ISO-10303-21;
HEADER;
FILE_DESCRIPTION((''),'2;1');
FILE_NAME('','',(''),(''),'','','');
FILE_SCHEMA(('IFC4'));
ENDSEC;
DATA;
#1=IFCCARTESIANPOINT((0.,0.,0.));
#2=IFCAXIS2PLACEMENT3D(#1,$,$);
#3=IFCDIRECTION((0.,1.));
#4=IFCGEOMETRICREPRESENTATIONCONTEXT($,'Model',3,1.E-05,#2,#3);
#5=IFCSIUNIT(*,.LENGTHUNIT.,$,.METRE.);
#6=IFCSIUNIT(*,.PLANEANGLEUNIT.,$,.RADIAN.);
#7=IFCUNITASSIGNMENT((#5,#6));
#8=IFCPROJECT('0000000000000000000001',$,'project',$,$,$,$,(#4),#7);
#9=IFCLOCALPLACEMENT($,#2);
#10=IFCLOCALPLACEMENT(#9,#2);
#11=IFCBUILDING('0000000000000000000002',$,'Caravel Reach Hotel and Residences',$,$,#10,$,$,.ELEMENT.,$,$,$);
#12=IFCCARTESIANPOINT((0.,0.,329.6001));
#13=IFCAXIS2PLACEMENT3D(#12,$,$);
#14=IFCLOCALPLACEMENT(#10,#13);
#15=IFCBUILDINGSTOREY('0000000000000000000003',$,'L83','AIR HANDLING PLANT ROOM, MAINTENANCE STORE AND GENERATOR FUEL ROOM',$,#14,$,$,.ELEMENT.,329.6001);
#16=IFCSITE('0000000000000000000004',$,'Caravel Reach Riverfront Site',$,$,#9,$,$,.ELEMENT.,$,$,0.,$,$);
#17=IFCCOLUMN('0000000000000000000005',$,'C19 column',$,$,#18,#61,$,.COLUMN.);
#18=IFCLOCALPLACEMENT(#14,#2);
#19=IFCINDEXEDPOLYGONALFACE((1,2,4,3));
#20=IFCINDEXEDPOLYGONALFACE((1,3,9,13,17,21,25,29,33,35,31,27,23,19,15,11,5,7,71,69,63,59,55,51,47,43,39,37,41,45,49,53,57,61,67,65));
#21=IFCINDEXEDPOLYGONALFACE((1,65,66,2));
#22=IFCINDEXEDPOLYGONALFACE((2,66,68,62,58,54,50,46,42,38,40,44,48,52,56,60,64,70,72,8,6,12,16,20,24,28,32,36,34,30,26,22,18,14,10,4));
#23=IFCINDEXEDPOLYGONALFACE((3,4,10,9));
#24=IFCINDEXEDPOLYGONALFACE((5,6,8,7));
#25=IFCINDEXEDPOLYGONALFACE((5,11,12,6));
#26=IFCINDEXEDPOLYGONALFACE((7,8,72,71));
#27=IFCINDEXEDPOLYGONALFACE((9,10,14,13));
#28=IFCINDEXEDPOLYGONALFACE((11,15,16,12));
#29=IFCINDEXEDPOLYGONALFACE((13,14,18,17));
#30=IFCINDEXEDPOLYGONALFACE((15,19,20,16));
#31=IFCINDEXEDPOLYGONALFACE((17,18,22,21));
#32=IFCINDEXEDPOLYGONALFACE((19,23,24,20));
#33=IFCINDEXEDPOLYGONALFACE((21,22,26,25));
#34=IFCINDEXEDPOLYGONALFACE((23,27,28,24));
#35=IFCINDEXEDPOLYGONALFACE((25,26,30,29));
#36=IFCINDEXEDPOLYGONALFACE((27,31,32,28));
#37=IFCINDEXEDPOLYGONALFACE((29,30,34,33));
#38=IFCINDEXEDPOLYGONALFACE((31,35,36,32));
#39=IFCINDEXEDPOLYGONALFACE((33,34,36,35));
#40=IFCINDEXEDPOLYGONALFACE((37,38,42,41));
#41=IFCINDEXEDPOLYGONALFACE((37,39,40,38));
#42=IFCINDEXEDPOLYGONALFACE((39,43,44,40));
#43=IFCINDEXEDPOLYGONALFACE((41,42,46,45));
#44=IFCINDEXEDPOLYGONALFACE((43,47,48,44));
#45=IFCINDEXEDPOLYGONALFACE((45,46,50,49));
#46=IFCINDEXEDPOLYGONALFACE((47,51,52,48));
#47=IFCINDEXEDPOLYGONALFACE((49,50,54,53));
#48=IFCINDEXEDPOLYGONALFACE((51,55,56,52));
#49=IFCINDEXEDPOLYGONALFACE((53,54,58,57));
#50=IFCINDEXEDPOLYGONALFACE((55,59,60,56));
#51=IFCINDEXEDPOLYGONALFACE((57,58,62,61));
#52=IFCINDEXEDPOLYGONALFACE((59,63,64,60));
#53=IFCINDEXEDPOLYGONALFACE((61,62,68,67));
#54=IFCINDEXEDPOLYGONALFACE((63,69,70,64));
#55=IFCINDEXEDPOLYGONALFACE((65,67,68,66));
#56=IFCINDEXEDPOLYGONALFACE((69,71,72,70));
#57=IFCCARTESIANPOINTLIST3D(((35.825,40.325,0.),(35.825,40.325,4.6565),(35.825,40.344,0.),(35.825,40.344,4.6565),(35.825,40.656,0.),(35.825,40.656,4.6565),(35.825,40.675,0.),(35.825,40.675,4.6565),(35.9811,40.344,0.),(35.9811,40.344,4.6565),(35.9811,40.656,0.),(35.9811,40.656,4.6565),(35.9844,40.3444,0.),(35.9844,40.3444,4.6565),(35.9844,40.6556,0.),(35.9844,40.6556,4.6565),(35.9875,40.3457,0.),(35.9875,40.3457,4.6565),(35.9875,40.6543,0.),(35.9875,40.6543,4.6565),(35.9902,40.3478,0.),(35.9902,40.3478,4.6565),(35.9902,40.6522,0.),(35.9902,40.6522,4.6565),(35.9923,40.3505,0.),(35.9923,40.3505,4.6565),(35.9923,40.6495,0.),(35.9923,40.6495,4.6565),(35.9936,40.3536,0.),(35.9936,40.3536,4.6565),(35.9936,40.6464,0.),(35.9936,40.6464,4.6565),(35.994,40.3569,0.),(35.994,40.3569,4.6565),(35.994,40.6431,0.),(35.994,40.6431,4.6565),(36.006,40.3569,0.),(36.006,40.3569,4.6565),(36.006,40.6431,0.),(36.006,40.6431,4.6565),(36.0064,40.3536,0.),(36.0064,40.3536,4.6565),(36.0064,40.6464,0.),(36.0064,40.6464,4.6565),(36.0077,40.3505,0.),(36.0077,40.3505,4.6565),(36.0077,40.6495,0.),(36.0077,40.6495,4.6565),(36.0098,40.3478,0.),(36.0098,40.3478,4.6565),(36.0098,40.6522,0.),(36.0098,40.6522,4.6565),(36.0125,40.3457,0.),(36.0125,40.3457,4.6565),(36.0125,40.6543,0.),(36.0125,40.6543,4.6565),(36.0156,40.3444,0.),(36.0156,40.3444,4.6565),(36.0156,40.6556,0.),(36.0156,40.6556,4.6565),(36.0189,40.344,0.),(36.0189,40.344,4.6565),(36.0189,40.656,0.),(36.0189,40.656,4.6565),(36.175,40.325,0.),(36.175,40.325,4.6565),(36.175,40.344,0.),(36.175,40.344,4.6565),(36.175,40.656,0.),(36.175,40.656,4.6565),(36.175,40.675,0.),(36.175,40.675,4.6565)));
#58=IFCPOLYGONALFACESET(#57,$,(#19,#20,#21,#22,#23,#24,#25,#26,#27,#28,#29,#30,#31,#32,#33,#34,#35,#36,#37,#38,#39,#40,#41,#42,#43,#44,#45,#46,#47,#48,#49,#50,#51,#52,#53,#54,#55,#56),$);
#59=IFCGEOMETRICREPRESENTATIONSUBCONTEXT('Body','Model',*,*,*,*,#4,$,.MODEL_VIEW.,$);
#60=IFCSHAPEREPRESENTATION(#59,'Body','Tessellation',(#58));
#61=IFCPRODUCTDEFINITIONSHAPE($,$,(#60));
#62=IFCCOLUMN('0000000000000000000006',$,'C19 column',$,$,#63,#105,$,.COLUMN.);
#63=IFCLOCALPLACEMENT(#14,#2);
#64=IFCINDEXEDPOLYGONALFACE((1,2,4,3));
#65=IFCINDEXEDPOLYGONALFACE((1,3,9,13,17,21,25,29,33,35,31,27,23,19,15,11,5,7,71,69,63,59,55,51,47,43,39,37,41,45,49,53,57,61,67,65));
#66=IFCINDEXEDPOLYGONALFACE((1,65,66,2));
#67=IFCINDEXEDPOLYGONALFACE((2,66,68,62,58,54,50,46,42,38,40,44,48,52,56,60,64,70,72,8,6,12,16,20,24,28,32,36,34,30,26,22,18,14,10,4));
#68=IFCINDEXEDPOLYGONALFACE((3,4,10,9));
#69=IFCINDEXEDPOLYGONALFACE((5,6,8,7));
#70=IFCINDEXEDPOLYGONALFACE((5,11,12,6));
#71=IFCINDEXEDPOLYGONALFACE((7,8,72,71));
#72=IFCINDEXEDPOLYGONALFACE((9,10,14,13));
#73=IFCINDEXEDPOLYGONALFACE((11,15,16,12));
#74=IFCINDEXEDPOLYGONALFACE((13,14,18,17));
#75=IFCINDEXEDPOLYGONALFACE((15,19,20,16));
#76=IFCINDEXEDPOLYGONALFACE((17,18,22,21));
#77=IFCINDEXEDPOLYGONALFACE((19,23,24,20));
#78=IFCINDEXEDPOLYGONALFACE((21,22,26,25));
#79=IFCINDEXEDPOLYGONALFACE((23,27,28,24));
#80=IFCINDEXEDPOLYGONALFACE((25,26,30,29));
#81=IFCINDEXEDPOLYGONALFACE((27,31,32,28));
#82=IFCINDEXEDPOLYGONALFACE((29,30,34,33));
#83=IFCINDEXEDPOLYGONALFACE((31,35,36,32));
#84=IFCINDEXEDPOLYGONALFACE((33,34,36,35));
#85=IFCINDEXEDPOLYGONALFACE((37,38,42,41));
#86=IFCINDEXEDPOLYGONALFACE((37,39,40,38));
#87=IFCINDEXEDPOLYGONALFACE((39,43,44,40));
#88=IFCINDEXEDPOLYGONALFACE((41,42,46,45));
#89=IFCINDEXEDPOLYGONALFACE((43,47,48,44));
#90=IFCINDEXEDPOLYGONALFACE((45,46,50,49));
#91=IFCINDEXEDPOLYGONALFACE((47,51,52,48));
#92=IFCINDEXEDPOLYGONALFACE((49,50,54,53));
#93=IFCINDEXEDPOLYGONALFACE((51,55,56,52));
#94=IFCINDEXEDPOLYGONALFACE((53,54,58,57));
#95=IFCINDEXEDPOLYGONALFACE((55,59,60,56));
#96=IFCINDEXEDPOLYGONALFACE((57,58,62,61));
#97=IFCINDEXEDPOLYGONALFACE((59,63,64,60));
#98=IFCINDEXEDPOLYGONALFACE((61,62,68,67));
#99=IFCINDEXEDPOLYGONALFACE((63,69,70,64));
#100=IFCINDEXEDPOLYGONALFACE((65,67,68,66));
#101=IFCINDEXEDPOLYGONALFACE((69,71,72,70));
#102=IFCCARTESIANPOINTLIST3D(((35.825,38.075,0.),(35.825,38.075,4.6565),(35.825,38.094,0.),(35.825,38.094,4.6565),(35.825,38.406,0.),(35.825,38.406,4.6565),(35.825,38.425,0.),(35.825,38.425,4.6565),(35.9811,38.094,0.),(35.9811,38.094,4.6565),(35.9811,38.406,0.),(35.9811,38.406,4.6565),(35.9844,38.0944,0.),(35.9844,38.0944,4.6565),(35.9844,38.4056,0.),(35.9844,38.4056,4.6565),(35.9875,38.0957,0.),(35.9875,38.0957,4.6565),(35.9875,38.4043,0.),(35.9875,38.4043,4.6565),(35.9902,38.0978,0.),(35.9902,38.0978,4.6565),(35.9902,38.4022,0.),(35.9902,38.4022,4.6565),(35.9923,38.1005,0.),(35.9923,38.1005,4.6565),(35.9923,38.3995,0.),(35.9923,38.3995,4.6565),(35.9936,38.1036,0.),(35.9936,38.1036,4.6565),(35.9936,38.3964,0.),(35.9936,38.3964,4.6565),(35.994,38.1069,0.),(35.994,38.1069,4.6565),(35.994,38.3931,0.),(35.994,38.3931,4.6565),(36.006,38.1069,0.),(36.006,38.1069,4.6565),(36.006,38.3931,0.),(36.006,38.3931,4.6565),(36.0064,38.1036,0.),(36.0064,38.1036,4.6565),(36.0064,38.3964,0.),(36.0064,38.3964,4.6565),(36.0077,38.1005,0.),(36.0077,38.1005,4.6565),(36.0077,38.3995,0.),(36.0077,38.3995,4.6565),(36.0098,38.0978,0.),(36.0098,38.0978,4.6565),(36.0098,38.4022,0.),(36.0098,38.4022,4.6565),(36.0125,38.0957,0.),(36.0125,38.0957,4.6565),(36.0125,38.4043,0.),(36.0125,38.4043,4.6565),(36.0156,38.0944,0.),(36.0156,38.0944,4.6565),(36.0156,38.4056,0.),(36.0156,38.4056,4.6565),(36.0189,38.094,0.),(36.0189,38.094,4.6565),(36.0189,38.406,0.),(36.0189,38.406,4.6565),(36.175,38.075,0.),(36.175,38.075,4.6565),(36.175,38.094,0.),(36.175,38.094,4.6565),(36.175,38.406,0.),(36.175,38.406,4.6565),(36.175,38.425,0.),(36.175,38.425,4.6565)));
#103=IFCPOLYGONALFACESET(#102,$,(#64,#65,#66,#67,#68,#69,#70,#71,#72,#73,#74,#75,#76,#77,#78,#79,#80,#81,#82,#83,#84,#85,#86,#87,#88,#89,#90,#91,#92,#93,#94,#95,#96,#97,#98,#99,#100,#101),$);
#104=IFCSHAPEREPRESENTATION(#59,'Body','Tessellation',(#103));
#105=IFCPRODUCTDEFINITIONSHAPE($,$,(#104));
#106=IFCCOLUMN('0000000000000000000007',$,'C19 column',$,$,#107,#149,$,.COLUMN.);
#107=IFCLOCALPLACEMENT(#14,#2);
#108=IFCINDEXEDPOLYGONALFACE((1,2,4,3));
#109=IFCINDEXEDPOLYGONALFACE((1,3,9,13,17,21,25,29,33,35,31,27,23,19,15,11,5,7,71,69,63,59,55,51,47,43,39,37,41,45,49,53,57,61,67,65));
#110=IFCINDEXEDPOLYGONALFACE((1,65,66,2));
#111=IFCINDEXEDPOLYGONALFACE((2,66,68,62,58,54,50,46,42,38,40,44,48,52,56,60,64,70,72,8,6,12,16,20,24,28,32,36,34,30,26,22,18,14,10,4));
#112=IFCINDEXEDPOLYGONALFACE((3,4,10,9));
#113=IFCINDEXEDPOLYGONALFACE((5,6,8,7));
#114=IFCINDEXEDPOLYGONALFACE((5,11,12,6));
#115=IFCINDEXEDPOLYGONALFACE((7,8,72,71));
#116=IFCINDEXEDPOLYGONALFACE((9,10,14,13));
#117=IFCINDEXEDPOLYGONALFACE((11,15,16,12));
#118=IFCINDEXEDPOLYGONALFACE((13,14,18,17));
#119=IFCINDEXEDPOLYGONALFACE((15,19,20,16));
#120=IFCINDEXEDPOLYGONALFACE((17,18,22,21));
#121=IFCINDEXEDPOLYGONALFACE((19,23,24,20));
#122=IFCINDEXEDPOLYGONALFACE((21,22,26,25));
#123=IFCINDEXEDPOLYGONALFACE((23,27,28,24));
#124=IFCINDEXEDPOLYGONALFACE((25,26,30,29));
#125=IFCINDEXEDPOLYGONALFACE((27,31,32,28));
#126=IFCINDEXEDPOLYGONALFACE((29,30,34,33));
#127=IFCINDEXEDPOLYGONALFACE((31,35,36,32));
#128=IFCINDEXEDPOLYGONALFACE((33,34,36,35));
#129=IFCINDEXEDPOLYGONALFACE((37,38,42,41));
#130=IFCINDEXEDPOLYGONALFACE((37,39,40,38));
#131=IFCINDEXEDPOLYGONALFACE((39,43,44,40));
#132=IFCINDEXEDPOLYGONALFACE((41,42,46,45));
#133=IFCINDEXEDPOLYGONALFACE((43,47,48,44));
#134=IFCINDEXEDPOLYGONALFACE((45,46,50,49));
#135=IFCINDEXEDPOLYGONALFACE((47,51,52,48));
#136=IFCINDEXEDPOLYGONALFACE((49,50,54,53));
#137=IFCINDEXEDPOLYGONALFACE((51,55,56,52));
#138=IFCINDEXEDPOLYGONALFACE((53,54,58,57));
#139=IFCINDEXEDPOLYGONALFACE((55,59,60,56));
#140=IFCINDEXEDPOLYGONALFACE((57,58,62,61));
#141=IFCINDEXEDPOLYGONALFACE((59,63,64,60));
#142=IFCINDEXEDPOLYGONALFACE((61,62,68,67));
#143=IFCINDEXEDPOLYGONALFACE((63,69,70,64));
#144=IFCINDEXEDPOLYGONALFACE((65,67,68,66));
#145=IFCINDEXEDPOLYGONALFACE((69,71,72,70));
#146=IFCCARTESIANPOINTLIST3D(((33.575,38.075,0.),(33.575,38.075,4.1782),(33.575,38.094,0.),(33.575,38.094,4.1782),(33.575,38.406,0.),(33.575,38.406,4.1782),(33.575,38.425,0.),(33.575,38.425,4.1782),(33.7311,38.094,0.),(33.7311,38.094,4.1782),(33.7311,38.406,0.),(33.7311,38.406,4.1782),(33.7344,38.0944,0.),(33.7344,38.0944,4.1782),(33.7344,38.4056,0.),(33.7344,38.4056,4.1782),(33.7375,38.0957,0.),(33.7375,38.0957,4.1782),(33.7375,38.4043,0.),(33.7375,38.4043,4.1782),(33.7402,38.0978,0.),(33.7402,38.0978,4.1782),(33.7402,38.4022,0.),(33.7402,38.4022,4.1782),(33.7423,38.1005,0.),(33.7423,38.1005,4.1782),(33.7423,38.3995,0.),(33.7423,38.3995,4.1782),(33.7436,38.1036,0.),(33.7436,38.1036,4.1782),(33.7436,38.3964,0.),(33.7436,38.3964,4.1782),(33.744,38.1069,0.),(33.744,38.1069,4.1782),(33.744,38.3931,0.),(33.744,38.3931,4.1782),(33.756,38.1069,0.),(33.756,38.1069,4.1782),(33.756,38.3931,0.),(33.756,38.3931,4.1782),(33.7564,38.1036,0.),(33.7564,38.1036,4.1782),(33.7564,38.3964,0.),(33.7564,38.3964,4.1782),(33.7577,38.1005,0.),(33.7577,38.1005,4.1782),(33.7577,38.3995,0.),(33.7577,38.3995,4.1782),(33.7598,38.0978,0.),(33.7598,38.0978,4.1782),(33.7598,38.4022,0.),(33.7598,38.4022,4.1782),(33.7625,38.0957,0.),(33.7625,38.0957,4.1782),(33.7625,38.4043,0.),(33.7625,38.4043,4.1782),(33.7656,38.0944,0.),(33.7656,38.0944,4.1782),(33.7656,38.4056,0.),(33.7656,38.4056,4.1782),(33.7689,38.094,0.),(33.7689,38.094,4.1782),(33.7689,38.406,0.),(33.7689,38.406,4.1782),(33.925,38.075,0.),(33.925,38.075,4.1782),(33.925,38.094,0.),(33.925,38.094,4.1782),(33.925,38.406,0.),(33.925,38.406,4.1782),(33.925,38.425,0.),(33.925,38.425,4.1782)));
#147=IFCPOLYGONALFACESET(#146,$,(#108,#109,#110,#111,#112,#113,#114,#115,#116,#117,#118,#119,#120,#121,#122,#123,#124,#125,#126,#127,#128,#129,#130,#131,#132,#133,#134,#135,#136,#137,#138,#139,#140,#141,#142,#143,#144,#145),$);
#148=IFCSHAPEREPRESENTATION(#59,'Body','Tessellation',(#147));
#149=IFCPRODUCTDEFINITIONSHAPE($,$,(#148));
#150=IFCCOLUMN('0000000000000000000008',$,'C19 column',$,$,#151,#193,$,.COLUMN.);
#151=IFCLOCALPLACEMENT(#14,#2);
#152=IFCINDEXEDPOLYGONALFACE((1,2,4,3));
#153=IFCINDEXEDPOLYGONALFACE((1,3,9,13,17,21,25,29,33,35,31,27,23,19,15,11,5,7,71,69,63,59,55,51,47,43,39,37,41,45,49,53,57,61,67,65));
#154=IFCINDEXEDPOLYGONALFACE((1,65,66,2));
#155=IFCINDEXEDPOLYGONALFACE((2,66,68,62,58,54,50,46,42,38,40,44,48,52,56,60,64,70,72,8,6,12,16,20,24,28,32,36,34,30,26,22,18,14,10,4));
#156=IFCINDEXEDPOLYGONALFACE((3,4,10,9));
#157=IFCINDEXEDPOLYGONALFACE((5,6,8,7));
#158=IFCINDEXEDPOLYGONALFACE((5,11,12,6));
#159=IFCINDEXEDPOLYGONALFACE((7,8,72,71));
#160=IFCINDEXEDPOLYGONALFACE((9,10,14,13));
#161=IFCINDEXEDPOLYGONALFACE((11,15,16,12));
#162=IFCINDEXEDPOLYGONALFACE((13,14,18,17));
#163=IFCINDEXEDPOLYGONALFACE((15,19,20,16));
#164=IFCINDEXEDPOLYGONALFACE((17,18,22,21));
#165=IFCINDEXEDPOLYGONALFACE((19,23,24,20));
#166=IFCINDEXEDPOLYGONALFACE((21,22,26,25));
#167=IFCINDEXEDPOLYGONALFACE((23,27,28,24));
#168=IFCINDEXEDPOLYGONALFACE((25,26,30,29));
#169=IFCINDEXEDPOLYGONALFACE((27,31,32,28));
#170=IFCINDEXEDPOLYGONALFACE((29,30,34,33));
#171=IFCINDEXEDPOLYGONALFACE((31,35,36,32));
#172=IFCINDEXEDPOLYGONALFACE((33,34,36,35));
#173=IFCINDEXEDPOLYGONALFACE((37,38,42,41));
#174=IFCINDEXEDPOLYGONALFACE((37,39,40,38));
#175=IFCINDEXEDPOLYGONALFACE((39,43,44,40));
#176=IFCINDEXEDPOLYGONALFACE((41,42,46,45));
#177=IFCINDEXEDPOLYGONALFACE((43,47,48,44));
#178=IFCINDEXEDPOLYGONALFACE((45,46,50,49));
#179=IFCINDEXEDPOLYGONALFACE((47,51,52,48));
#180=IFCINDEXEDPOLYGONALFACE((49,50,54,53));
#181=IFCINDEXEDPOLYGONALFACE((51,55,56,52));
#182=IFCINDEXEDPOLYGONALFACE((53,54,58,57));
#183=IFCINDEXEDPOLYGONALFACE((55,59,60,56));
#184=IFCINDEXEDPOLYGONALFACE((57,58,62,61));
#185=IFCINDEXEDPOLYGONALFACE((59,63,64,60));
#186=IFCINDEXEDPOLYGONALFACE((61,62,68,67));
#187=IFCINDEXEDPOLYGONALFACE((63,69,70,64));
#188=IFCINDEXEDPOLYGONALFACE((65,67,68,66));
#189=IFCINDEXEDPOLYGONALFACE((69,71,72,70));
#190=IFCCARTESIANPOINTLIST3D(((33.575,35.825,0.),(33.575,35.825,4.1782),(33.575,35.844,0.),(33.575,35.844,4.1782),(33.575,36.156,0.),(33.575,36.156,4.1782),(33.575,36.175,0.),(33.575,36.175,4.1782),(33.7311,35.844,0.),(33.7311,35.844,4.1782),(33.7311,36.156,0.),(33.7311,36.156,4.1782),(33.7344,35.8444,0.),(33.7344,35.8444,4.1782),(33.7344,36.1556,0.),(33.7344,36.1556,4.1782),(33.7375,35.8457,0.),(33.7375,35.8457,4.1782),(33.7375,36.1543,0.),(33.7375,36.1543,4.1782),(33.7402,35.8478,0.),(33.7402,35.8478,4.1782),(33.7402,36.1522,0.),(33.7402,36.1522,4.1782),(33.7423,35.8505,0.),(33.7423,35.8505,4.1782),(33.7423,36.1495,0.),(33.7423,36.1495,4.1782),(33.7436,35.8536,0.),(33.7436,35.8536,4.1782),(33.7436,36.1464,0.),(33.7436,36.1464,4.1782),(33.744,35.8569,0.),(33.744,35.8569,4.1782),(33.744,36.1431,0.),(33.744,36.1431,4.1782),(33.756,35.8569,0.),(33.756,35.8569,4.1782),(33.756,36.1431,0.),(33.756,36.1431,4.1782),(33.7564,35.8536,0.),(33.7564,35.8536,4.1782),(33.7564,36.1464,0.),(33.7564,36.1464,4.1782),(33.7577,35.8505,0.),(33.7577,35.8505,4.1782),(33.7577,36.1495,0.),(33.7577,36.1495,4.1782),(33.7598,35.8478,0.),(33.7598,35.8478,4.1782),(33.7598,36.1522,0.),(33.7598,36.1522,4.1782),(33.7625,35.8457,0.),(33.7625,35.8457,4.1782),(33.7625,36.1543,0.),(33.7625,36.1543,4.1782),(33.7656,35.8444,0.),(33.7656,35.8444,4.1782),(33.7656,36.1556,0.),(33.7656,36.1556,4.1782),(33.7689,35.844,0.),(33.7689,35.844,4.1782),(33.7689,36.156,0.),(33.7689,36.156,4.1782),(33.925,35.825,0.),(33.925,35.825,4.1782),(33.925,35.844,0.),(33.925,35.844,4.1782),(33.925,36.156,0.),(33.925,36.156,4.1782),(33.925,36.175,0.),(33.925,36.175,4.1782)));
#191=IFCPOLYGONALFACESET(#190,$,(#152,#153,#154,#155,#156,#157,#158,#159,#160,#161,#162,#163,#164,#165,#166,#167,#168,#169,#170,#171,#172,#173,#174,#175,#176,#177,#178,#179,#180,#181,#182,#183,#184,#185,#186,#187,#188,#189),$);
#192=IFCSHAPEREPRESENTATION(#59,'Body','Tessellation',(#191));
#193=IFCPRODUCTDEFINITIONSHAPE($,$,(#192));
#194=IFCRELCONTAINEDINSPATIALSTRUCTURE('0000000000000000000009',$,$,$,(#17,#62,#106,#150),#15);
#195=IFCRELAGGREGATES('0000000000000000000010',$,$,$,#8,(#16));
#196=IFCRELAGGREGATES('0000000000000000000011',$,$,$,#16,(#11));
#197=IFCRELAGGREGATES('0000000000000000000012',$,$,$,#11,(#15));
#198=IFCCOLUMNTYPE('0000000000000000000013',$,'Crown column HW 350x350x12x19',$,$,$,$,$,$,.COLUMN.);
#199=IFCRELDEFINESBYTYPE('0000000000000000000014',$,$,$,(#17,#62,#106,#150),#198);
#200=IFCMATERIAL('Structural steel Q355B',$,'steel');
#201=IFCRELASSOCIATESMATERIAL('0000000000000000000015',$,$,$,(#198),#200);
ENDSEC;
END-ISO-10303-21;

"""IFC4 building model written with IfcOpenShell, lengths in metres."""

from ifc_helpers import new_model, si_unit, direction, frame, origin, origin_2d, place, context, subcontext, project, spatial, i_section, extrude, material, material_profile, profile_set, type_object, element, save


model = new_model("IFC4")

# Units and contexts
model_context = context("Model", 3, precision=1e-05, world=origin(), true_north=direction((0.0, 1.0)))
body_context = subcontext(model_context, "Body", "Model", "MODEL_VIEW")
ifc_project = project(units=[si_unit("LENGTHUNIT", "METRE"), si_unit("PLANEANGLEUNIT", "RADIAN")], contexts=[model_context])

# Site, building, storey
site_placement = place(None, origin())
site = spatial("IfcSite", under=ifc_project, at=site_placement, Name="Caravel Reach Riverfront Site", CompositionType="ELEMENT", RefElevation=0.0)
building_placement = place(site_placement, origin())
building = spatial("IfcBuilding", under=site, at=building_placement, Name="Caravel Reach Hotel and Residences", CompositionType="ELEMENT")
storey_placement = place(building_placement, frame((0.0, 0.0, 329.6001)))
storey = spatial("IfcBuildingStorey", under=building, at=storey_placement, Name="L83", Description="AIR HANDLING PLANT ROOM, MAINTENANCE STORE AND GENERATOR FUEL ROOM", CompositionType="ELEMENT", Elevation=329.6001)

# Columns
ifc_material_1 = material(Name="Structural steel Q355B", Category="steel")
ifc_material_profile_1 = material_profile(ifc_material_1, i_section(OverallWidth=0.3501, OverallDepth=0.3501, WebThickness=0.012, FlangeThickness=0.019, FilletRadius=0.0129, at=origin_2d()), Name="HW 350x350x12x19")
ifc_profile_set_1 = profile_set([ifc_material_profile_1], Name="Structural steel Q355B")
column_type = type_object("IfcColumnType", Name="Crown column HW 350x350x12x19", PredefinedType="COLUMN", material=ifc_profile_set_1)
for number, where, z_axis, x_axis, name in (
    (1, (36.0, 40.5, 0.0), (0.0, 0.0, 1.0), (1.0, 0.0, 0.0), "C19 column"),
    (2, (36.0, 38.25, 0.0), (0.0, 0.0, 1.0), (1.0, 0.0, 0.0), "C19 column"),
):
    element("IfcColumn", number, at=place(storey_placement, frame(where, z_axis=z_axis, x_axis=x_axis)), inside=storey, type_object=column_type, Name=name, PredefinedType="COLUMN", context=body_context, shape_type="SweptSolid", body=[
        extrude(i_section(OverallWidth=0.3501, OverallDepth=0.3501, WebThickness=0.012, FlangeThickness=0.019, FilletRadius=0.0129, at=origin_2d()), origin(), (0.0, 0.0, 1.0), 4.6565),
    ])
for number, where, z_axis, x_axis, name in (
    (3, (33.75, 38.25, 0.0), (0.0, 0.0, 1.0), (1.0, 0.0, 0.0), "C19 column"),
    (4, (33.75, 36.0, 0.0), (0.0, 0.0, 1.0), (1.0, 0.0, 0.0), "C19 column"),
):
    element("IfcColumn", number, at=place(storey_placement, frame(where, z_axis=z_axis, x_axis=x_axis)), inside=storey, type_object=column_type, Name=name, PredefinedType="COLUMN", context=body_context, shape_type="SweptSolid", body=[
        extrude(i_section(OverallWidth=0.3501, OverallDepth=0.3501, WebThickness=0.012, FlangeThickness=0.019, FilletRadius=0.0129, at=origin_2d()), origin(), (0.0, 0.0, 1.0), 4.1782),
    ])

save(model, "model.ifc")
